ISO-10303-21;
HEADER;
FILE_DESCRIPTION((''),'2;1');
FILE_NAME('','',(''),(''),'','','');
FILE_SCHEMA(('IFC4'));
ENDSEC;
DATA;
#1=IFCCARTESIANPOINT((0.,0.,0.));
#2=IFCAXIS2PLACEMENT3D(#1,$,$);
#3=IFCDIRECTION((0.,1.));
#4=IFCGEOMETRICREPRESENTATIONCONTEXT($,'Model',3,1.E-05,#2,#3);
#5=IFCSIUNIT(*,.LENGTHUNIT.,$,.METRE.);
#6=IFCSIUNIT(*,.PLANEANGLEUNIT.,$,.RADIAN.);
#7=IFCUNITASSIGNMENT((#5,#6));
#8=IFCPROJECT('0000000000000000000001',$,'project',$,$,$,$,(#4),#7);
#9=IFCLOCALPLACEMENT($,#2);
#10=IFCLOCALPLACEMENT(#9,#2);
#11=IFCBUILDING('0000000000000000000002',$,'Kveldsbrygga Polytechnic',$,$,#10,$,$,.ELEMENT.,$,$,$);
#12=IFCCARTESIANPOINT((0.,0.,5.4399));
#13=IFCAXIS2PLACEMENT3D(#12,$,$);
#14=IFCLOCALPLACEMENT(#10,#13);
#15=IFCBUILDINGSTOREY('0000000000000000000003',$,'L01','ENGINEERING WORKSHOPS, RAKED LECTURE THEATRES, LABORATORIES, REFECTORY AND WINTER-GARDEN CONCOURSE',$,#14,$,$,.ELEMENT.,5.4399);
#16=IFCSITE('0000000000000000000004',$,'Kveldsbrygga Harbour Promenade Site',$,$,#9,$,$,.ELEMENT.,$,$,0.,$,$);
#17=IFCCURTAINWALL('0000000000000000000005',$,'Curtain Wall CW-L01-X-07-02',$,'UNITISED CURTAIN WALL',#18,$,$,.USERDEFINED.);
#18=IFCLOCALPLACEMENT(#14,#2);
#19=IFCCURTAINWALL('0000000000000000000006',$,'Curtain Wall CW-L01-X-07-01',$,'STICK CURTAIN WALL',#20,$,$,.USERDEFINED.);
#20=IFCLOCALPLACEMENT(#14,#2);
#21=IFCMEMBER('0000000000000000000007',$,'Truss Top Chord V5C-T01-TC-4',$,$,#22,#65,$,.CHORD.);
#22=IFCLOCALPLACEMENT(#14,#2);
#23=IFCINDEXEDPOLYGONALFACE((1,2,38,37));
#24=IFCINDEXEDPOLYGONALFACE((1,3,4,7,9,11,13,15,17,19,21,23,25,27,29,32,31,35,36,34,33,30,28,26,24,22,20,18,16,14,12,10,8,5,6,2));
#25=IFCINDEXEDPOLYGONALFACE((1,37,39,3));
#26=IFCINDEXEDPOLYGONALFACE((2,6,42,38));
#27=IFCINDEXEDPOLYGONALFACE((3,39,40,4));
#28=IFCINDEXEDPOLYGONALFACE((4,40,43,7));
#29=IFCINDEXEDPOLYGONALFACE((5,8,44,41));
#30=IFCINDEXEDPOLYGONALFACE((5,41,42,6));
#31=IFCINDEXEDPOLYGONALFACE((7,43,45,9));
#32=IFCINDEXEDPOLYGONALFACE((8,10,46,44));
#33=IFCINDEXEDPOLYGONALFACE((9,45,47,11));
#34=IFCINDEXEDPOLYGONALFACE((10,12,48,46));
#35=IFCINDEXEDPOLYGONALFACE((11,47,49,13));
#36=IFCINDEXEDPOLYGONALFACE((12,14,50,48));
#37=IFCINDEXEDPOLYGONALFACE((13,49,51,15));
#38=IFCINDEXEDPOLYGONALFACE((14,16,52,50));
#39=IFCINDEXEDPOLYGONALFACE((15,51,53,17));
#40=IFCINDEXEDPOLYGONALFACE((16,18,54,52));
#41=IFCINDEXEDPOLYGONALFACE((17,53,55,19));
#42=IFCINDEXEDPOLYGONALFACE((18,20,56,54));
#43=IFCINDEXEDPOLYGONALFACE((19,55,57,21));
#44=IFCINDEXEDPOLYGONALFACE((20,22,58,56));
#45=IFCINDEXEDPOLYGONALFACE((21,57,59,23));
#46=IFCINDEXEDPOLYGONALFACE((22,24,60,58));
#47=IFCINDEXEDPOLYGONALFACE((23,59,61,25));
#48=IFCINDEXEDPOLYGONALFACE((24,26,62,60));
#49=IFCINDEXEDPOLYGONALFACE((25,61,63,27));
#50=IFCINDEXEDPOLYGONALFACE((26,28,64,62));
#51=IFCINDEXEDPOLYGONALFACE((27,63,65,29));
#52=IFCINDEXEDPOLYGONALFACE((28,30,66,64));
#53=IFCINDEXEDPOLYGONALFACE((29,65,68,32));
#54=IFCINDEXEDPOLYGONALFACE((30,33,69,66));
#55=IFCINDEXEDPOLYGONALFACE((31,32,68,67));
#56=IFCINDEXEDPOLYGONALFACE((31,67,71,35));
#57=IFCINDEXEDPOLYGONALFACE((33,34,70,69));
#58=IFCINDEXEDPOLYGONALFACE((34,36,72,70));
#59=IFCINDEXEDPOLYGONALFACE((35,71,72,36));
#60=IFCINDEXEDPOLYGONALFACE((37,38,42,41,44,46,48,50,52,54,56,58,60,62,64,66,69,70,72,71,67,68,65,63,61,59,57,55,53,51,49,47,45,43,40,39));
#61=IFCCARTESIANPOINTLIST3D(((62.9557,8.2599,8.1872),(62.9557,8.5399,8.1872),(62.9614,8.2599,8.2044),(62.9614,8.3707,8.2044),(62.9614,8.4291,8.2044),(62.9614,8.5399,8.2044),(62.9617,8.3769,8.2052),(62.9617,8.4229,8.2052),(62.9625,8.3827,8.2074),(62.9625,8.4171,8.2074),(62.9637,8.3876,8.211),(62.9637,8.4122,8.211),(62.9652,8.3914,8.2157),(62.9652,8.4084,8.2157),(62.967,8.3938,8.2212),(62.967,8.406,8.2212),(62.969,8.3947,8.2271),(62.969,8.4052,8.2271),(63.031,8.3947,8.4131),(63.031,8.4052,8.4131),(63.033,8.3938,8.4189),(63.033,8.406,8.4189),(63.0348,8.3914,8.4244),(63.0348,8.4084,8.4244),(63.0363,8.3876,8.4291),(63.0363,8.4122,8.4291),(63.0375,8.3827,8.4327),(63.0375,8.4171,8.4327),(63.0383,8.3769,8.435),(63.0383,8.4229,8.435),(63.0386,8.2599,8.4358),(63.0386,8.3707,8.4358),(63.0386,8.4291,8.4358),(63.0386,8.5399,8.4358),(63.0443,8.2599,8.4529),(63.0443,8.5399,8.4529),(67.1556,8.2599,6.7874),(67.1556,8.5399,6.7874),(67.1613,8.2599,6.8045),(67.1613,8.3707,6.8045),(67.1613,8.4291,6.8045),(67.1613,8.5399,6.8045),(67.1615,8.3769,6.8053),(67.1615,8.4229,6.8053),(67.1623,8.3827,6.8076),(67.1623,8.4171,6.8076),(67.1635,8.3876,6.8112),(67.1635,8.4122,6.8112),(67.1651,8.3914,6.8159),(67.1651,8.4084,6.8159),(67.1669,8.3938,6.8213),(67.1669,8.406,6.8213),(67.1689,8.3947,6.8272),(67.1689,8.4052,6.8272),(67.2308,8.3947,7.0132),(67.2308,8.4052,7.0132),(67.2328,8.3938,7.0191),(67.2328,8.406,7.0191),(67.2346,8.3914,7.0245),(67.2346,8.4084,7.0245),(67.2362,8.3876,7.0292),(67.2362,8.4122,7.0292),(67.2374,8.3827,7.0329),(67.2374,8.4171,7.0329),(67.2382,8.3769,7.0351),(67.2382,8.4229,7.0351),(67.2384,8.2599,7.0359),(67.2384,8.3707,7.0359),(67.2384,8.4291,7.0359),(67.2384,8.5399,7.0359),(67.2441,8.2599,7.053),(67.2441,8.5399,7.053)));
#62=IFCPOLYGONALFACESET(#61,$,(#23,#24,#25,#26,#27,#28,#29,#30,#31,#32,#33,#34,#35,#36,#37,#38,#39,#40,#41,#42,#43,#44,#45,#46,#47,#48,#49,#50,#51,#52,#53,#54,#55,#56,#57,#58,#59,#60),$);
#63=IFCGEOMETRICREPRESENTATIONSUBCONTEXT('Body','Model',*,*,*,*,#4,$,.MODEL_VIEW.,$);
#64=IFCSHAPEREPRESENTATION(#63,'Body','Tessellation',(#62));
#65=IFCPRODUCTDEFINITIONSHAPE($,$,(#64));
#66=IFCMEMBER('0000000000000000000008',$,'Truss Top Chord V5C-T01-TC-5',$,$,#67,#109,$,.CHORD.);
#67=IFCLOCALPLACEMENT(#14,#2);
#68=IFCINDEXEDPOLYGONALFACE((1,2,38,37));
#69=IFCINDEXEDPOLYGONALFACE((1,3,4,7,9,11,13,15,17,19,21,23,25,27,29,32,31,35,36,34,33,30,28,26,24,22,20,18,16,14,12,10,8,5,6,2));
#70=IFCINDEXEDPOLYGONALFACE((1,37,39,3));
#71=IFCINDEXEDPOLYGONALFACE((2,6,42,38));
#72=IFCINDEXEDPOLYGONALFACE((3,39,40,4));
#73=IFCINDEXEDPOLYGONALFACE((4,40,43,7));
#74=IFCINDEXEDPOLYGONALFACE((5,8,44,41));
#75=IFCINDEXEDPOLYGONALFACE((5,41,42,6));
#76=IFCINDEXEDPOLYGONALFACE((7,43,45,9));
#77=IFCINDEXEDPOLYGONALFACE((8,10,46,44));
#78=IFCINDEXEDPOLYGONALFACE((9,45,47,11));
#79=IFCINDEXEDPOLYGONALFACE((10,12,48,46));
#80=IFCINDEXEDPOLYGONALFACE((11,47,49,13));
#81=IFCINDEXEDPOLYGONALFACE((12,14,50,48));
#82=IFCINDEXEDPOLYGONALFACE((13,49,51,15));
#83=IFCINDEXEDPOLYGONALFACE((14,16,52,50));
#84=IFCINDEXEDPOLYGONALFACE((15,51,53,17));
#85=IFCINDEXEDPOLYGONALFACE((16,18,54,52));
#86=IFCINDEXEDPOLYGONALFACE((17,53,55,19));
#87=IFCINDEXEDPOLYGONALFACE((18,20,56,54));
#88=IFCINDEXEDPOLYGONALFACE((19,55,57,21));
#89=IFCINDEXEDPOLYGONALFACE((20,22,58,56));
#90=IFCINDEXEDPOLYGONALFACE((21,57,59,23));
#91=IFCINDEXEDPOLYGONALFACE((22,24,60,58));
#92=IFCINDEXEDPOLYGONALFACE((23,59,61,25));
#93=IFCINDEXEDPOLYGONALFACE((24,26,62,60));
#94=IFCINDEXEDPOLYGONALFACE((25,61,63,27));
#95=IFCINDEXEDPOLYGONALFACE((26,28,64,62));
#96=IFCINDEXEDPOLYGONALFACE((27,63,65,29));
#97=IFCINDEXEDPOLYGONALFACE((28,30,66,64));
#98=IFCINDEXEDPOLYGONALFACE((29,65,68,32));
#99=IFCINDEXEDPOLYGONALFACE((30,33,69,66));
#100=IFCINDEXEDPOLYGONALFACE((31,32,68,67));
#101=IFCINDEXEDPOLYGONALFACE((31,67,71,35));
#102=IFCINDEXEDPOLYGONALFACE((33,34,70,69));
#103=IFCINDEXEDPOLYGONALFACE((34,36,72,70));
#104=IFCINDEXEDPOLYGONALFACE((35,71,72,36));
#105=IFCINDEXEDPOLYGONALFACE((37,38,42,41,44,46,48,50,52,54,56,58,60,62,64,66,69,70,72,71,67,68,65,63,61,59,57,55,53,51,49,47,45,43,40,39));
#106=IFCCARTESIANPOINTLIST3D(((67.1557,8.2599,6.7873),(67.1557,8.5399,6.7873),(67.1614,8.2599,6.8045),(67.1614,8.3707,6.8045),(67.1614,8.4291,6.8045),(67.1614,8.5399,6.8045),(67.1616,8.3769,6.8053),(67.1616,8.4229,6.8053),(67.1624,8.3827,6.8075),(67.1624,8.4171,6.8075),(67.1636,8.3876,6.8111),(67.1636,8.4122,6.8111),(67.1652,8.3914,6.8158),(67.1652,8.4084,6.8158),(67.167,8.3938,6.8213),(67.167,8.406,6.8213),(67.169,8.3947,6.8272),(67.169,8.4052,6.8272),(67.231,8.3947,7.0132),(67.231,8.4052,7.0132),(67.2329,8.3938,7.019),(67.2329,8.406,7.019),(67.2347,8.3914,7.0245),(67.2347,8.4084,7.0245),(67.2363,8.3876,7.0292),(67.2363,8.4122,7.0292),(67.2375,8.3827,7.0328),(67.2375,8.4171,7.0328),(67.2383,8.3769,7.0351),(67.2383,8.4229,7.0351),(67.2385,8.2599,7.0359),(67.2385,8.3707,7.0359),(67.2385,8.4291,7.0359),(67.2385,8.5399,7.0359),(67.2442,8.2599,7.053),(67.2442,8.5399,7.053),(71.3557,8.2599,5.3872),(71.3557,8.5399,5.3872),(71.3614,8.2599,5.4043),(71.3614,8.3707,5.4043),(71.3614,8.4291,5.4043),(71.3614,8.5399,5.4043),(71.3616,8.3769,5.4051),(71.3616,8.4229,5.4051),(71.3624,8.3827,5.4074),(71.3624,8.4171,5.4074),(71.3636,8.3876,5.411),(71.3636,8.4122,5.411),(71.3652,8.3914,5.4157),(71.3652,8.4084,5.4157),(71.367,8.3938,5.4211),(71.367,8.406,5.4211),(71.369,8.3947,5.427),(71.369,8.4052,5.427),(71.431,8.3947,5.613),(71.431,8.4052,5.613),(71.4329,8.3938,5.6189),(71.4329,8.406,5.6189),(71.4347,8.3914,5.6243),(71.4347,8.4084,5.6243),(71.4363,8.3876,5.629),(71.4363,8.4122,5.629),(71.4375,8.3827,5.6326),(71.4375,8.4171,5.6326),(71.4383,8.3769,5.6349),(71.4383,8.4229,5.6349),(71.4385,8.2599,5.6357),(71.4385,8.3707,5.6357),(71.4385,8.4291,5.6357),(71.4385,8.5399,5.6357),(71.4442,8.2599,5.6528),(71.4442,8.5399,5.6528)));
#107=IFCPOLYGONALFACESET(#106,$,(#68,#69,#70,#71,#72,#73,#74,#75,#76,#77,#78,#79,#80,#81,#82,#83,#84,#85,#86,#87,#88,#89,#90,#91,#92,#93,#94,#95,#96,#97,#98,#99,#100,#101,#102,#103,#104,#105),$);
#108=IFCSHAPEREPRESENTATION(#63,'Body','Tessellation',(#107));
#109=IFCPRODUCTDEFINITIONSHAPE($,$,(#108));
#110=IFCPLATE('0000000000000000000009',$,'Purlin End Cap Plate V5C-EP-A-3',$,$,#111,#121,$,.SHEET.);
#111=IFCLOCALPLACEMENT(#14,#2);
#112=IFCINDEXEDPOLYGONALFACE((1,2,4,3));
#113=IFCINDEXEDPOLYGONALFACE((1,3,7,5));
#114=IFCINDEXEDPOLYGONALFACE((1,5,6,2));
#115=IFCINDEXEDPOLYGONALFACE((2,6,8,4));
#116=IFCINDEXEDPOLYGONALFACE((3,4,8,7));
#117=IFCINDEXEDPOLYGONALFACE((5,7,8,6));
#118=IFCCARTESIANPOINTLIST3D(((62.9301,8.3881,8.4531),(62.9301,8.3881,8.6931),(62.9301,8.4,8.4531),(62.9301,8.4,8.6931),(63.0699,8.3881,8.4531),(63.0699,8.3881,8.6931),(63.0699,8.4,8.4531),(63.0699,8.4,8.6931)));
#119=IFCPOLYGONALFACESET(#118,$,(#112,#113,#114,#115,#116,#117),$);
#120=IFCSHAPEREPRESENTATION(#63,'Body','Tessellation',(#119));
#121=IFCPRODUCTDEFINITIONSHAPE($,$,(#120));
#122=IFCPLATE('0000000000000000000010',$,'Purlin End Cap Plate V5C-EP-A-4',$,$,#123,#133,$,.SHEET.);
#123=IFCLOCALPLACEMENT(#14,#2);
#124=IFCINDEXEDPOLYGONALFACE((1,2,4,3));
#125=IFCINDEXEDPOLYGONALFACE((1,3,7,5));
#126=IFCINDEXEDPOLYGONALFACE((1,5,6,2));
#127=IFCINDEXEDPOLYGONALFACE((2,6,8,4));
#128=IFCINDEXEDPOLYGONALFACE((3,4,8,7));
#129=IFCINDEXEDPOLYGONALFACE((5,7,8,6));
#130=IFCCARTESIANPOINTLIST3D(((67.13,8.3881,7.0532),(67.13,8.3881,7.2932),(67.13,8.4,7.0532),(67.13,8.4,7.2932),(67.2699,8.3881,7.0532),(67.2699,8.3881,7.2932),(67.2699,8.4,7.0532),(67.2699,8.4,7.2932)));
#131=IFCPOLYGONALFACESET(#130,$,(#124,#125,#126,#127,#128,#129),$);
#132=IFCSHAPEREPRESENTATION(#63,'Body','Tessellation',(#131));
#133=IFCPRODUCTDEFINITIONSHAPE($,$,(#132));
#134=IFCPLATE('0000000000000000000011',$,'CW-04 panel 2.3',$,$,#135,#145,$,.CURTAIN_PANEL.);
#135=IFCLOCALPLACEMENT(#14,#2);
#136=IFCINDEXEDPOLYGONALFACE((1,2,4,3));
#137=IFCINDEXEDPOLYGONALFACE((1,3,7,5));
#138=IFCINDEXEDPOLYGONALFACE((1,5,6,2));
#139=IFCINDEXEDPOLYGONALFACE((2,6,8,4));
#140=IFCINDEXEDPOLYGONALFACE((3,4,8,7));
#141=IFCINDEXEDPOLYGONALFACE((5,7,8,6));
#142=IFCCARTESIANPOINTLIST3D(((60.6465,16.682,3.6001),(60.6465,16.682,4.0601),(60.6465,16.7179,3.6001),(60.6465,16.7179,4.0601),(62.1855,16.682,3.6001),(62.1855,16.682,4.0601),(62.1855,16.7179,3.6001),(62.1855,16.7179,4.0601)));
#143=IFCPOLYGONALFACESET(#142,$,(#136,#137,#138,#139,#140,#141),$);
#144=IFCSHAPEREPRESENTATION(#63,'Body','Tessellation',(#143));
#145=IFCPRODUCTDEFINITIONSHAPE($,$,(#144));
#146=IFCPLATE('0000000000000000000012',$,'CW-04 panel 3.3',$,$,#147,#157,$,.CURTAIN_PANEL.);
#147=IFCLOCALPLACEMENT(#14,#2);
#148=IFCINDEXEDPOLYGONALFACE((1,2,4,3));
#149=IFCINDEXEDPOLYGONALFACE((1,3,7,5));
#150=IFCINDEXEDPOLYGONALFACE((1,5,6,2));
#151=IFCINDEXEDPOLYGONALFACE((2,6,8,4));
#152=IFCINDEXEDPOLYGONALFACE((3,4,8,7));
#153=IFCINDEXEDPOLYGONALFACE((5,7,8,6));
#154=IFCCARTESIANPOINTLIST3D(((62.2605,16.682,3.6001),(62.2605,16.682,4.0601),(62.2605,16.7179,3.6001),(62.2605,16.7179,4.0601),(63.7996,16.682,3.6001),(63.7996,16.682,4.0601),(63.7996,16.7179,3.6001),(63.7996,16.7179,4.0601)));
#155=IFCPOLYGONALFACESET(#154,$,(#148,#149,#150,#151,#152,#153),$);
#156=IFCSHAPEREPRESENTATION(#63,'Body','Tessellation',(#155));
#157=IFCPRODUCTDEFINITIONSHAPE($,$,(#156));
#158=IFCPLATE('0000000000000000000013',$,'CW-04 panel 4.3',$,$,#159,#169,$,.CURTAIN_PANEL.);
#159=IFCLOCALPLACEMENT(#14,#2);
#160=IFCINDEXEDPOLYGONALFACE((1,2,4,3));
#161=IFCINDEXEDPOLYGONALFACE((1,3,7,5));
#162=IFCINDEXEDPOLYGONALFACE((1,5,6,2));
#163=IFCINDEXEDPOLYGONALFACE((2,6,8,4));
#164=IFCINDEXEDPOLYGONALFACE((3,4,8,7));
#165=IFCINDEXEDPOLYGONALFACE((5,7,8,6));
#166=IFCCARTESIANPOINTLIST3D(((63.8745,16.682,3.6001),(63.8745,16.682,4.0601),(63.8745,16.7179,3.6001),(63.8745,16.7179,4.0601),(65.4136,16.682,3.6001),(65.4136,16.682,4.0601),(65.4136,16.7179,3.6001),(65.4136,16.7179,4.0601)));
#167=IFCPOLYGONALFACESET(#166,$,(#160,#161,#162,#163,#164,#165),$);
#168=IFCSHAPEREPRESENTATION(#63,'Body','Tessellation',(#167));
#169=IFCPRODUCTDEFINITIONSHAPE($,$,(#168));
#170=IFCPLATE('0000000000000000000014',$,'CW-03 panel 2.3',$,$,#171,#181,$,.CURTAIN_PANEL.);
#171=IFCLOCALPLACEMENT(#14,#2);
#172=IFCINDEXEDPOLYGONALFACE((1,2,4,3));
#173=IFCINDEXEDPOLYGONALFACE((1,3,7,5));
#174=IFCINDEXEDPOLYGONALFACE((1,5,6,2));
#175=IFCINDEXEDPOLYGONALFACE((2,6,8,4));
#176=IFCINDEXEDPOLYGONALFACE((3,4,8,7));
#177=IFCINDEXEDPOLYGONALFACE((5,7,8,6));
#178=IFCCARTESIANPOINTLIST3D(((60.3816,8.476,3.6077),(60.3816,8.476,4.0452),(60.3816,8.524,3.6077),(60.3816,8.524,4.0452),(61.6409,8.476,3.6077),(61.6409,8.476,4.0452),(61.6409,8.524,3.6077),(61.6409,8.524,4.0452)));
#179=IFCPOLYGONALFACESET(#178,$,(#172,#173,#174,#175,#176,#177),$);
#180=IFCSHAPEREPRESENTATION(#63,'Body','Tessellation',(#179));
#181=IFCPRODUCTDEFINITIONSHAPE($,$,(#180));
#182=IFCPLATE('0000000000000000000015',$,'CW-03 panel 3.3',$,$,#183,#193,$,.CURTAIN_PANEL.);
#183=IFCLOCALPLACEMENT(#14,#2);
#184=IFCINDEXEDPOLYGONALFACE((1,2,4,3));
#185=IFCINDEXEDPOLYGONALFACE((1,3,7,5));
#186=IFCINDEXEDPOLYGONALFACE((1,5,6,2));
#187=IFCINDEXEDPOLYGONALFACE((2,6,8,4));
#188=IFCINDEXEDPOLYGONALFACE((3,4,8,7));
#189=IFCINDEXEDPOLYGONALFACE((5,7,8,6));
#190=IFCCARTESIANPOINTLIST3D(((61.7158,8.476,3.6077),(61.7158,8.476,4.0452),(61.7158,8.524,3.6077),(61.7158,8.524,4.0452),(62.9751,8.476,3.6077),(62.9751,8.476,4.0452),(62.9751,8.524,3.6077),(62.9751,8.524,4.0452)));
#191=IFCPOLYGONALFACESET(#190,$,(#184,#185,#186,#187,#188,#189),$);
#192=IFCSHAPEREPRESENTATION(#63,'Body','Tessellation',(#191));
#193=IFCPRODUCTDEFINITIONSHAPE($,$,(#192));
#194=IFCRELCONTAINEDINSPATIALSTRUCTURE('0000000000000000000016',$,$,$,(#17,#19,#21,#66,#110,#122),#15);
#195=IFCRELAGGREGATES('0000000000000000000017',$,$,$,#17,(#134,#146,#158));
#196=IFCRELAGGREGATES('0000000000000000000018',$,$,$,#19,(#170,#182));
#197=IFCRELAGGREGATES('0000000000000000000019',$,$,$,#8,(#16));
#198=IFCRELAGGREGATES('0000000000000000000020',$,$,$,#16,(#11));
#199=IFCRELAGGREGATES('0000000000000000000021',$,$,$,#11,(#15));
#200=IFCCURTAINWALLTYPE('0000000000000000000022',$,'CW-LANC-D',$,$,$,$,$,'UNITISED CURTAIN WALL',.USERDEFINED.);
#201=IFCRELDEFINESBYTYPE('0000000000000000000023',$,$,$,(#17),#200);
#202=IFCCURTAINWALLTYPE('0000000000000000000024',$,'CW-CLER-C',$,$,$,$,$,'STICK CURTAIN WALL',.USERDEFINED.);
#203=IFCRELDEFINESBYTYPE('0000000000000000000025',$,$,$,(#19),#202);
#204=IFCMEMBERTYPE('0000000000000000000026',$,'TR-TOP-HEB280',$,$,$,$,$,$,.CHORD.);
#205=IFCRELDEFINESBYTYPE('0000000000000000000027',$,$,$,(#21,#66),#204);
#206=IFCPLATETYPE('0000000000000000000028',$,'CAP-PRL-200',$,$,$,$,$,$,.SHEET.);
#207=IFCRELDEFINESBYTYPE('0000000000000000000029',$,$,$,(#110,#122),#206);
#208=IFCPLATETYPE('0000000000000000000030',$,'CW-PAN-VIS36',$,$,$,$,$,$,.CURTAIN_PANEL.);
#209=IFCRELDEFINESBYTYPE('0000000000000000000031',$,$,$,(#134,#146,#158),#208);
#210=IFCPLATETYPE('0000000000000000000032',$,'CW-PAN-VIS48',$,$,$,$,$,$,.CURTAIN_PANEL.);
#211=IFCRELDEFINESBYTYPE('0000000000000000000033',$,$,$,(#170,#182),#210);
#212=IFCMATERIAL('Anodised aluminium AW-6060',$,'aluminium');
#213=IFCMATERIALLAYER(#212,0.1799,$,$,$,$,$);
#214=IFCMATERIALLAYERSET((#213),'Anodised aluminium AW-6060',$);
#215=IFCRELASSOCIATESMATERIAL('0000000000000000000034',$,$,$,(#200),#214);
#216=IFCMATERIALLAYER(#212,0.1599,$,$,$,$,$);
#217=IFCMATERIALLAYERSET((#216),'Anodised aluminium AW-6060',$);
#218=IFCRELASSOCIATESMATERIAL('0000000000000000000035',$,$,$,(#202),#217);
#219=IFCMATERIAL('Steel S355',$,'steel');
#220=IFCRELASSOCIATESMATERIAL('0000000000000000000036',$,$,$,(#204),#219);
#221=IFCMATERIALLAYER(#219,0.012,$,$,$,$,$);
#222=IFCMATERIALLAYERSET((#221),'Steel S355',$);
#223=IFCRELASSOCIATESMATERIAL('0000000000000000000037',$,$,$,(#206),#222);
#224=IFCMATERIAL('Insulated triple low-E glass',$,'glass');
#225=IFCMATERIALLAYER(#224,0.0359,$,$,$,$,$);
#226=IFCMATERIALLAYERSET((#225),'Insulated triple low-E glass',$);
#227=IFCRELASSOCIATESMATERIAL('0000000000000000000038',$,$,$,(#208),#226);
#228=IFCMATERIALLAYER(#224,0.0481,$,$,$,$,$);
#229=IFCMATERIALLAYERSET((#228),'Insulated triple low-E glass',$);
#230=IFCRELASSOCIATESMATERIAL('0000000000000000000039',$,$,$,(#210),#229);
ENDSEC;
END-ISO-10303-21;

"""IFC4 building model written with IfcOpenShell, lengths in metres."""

from ifc_helpers import new_model, si_unit, direction, frame, origin, origin_2d, place, context, subcontext, project, spatial, rectangle, i_section, extrude, material, layer, layer_set, material_profile, profile_set, type_object, element, aggregate, save


model = new_model("IFC4")

# Units and contexts
model_context = context("Model", 3, precision=1e-05, world=origin(), true_north=direction((0.0, 1.0)))
body_context = subcontext(model_context, "Body", "Model", "MODEL_VIEW")
ifc_project = project(units=[si_unit("LENGTHUNIT", "METRE"), si_unit("PLANEANGLEUNIT", "RADIAN")], contexts=[model_context])

# Site, building, storey
site_placement = place(None, origin())
site = spatial("IfcSite", under=ifc_project, at=site_placement, Name="Kveldsbrygga Harbour Promenade Site", CompositionType="ELEMENT", RefElevation=0.0)
building_placement = place(site_placement, origin())
building = spatial("IfcBuilding", under=site, at=building_placement, Name="Kveldsbrygga Polytechnic", CompositionType="ELEMENT")
storey_placement = place(building_placement, frame((0.0, 0.0, 5.4399)))
storey = spatial("IfcBuildingStorey", under=building, at=storey_placement, Name="L01", Description="ENGINEERING WORKSHOPS, RAKED LECTURE THEATRES, LABORATORIES, REFECTORY AND WINTER-GARDEN CONCOURSE", CompositionType="ELEMENT", Elevation=5.4399)

# Curtain walls
ifc_material_1 = material(Name="Anodised aluminium AW-6060", Category="aluminium")
ifc_layer_1 = layer(ifc_material_1, 0.1799)
ifc_layer_set_1 = layer_set([ifc_layer_1], Name="Anodised aluminium AW-6060")
curtain_wall_type_1 = type_object("IfcCurtainWallType", Name="CW-LANC-D", ElementType="UNITISED CURTAIN WALL", PredefinedType="USERDEFINED", material=ifc_layer_set_1)
curtain_wall_1_placement = place(storey_placement, origin())
curtain_wall_1 = element("IfcCurtainWall", 1, at=curtain_wall_1_placement, inside=storey, type_object=curtain_wall_type_1, Name="Curtain Wall CW-L01-X-07-02", ObjectType="UNITISED CURTAIN WALL", PredefinedType="USERDEFINED")
ifc_layer_2 = layer(ifc_material_1, 0.1599)
ifc_layer_set_2 = layer_set([ifc_layer_2], Name="Anodised aluminium AW-6060")
curtain_wall_type_2 = type_object("IfcCurtainWallType", Name="CW-CLER-C", ElementType="STICK CURTAIN WALL", PredefinedType="USERDEFINED", material=ifc_layer_set_2)
curtain_wall_2_placement = place(storey_placement, origin())
curtain_wall_2 = element("IfcCurtainWall", 2, at=curtain_wall_2_placement, inside=storey, type_object=curtain_wall_type_2, Name="Curtain Wall CW-L01-X-07-01", ObjectType="STICK CURTAIN WALL", PredefinedType="USERDEFINED")

# Members
ifc_material_2 = material(Name="Steel S355", Category="steel")
ifc_material_profile_1 = material_profile(ifc_material_2, i_section(OverallWidth=0.28, OverallDepth=0.28, WebThickness=0.0105, FlangeThickness=0.0181, FilletRadius=0.0239, at=origin_2d()), Name="HEB 280")
ifc_profile_set_1 = profile_set([ifc_material_profile_1], Name="Steel S355")
member_type_1 = type_object("IfcMemberType", Name="TR-TOP-HEB280", PredefinedType="CHORD", material=ifc_profile_set_1)
member_1_placement = place(storey_placement, frame((63.0, 8.3999, 8.3201), z_axis=(0.948689, 0.0, -0.316211), x_axis=(0.0, 1.0, 0.0)))
element("IfcMember", 3, at=member_1_placement, inside=storey, type_object=member_type_1, Name="Truss Top Chord V5C-T01-TC-4", PredefinedType="CHORD", context=body_context, shape_type="SweptSolid", body=[
    extrude(i_section(OverallWidth=0.28, OverallDepth=0.28, WebThickness=0.0105, FlangeThickness=0.0181, FilletRadius=0.0239, at=origin_2d()), origin(), (0.0, 0.0, 1.0), 4.427),
])
member_2_placement = place(storey_placement, frame((67.2, 8.3999, 6.9202), z_axis=(0.948672, 0.0, -0.316261), x_axis=(0.0, 1.0, 0.0)))
element("IfcMember", 4, at=member_2_placement, inside=storey, type_object=member_type_1, Name="Truss Top Chord V5C-T01-TC-5", PredefinedType="CHORD", context=body_context, shape_type="SweptSolid", body=[
    extrude(i_section(OverallWidth=0.28, OverallDepth=0.28, WebThickness=0.0105, FlangeThickness=0.0181, FilletRadius=0.0239, at=origin_2d()), origin(), (0.0, 0.0, 1.0), 4.4272),
])

# Plates
ifc_layer_3 = layer(ifc_material_2, 0.012)
ifc_layer_set_3 = layer_set([ifc_layer_3], Name="Steel S355")
plate_type_1 = type_object("IfcPlateType", Name="CAP-PRL-200", PredefinedType="SHEET", material=ifc_layer_set_3)
for number, where, z_axis, x_axis, name in (
    (5, (63.0, 8.394, 8.4531), (0.0, 0.0, 1.0), (1.0, 0.0, 0.0), "Purlin End Cap Plate V5C-EP-A-3"),
    (6, (67.2, 8.394, 7.0532), (0.0, 0.0, 1.0), (1.0, 0.0, 0.0), "Purlin End Cap Plate V5C-EP-A-4"),
):
    element("IfcPlate", number, at=place(storey_placement, frame(where, z_axis=z_axis, x_axis=x_axis)), inside=storey, type_object=plate_type_1, Name=name, PredefinedType="SHEET", context=body_context, shape_type="SweptSolid", body=[
        extrude(rectangle(XDim=0.1399, YDim=0.012, at=origin_2d()), origin(), (0.0, 0.0, 1.0), 0.24),
    ])

# Plates
ifc_material_3 = material(Name="Insulated triple low-E glass", Category="glass")
ifc_layer_4 = layer(ifc_material_3, 0.0359)
ifc_layer_set_4 = layer_set([ifc_layer_4], Name="Insulated triple low-E glass")
plate_type_2 = type_object("IfcPlateType", Name="CW-PAN-VIS36", PredefinedType="CURTAIN_PANEL", material=ifc_layer_set_4)
plate_1_placement = place(storey_placement, frame((61.416, 16.7, 3.6001), z_axis=(0.0, 0.0, 1.0), x_axis=(1.0, 0.0, 0.0)))
plate_1 = element("IfcPlate", 7, at=plate_1_placement, type_object=plate_type_2, Name="CW-04 panel 2.3", PredefinedType="CURTAIN_PANEL", context=body_context, shape_type="SweptSolid", body=[
    extrude(rectangle(XDim=1.5391, YDim=0.0359, at=origin_2d()), origin(), (0.0, 0.0, 1.0), 0.46),
])
plate_2_placement = place(storey_placement, frame((63.03, 16.7, 3.6001), z_axis=(0.0, 0.0, 1.0), x_axis=(1.0, 0.0, 0.0)))
plate_2 = element("IfcPlate", 8, at=plate_2_placement, type_object=plate_type_2, Name="CW-04 panel 3.3", PredefinedType="CURTAIN_PANEL", context=body_context, shape_type="SweptSolid", body=[
    extrude(rectangle(XDim=1.5391, YDim=0.0359, at=origin_2d()), origin(), (0.0, 0.0, 1.0), 0.46),
])
plate_3_placement = place(storey_placement, frame((64.644, 16.7, 3.6001), z_axis=(0.0, 0.0, 1.0), x_axis=(1.0, 0.0, 0.0)))
plate_3 = element("IfcPlate", 9, at=plate_3_placement, type_object=plate_type_2, Name="CW-04 panel 4.3", PredefinedType="CURTAIN_PANEL", context=body_context, shape_type="SweptSolid", body=[
    extrude(rectangle(XDim=1.5391, YDim=0.0359, at=origin_2d()), origin(), (0.0, 0.0, 1.0), 0.46),
])
aggregate(curtain_wall_1, [plate_1, plate_2, plate_3])
ifc_layer_5 = layer(ifc_material_3, 0.0481)
ifc_layer_set_5 = layer_set([ifc_layer_5], Name="Insulated triple low-E glass")
plate_type_3 = type_object("IfcPlateType", Name="CW-PAN-VIS48", PredefinedType="CURTAIN_PANEL", material=ifc_layer_set_5)
plate_4_placement = place(storey_placement, frame((61.0112, 8.5, 3.6077), z_axis=(0.0, 0.0, 1.0), x_axis=(1.0, 0.0, 0.0)))
plate_4 = element("IfcPlate", 10, at=plate_4_placement, type_object=plate_type_3, Name="CW-03 panel 2.3", PredefinedType="CURTAIN_PANEL", context=body_context, shape_type="SweptSolid", body=[
    extrude(rectangle(XDim=1.2593, YDim=0.0481, at=origin_2d()), origin(), (0.0, 0.0, 1.0), 0.4375),
])
plate_5_placement = place(storey_placement, frame((62.3455, 8.5, 3.6077), z_axis=(0.0, 0.0, 1.0), x_axis=(1.0, 0.0, 0.0)))
plate_5 = element("IfcPlate", 11, at=plate_5_placement, type_object=plate_type_3, Name="CW-03 panel 3.3", PredefinedType="CURTAIN_PANEL", context=body_context, shape_type="SweptSolid", body=[
    extrude(rectangle(XDim=1.2593, YDim=0.0481, at=origin_2d()), origin(), (0.0, 0.0, 1.0), 0.4375),
])
aggregate(curtain_wall_2, [plate_4, plate_5])

save(model, "model.ifc")
